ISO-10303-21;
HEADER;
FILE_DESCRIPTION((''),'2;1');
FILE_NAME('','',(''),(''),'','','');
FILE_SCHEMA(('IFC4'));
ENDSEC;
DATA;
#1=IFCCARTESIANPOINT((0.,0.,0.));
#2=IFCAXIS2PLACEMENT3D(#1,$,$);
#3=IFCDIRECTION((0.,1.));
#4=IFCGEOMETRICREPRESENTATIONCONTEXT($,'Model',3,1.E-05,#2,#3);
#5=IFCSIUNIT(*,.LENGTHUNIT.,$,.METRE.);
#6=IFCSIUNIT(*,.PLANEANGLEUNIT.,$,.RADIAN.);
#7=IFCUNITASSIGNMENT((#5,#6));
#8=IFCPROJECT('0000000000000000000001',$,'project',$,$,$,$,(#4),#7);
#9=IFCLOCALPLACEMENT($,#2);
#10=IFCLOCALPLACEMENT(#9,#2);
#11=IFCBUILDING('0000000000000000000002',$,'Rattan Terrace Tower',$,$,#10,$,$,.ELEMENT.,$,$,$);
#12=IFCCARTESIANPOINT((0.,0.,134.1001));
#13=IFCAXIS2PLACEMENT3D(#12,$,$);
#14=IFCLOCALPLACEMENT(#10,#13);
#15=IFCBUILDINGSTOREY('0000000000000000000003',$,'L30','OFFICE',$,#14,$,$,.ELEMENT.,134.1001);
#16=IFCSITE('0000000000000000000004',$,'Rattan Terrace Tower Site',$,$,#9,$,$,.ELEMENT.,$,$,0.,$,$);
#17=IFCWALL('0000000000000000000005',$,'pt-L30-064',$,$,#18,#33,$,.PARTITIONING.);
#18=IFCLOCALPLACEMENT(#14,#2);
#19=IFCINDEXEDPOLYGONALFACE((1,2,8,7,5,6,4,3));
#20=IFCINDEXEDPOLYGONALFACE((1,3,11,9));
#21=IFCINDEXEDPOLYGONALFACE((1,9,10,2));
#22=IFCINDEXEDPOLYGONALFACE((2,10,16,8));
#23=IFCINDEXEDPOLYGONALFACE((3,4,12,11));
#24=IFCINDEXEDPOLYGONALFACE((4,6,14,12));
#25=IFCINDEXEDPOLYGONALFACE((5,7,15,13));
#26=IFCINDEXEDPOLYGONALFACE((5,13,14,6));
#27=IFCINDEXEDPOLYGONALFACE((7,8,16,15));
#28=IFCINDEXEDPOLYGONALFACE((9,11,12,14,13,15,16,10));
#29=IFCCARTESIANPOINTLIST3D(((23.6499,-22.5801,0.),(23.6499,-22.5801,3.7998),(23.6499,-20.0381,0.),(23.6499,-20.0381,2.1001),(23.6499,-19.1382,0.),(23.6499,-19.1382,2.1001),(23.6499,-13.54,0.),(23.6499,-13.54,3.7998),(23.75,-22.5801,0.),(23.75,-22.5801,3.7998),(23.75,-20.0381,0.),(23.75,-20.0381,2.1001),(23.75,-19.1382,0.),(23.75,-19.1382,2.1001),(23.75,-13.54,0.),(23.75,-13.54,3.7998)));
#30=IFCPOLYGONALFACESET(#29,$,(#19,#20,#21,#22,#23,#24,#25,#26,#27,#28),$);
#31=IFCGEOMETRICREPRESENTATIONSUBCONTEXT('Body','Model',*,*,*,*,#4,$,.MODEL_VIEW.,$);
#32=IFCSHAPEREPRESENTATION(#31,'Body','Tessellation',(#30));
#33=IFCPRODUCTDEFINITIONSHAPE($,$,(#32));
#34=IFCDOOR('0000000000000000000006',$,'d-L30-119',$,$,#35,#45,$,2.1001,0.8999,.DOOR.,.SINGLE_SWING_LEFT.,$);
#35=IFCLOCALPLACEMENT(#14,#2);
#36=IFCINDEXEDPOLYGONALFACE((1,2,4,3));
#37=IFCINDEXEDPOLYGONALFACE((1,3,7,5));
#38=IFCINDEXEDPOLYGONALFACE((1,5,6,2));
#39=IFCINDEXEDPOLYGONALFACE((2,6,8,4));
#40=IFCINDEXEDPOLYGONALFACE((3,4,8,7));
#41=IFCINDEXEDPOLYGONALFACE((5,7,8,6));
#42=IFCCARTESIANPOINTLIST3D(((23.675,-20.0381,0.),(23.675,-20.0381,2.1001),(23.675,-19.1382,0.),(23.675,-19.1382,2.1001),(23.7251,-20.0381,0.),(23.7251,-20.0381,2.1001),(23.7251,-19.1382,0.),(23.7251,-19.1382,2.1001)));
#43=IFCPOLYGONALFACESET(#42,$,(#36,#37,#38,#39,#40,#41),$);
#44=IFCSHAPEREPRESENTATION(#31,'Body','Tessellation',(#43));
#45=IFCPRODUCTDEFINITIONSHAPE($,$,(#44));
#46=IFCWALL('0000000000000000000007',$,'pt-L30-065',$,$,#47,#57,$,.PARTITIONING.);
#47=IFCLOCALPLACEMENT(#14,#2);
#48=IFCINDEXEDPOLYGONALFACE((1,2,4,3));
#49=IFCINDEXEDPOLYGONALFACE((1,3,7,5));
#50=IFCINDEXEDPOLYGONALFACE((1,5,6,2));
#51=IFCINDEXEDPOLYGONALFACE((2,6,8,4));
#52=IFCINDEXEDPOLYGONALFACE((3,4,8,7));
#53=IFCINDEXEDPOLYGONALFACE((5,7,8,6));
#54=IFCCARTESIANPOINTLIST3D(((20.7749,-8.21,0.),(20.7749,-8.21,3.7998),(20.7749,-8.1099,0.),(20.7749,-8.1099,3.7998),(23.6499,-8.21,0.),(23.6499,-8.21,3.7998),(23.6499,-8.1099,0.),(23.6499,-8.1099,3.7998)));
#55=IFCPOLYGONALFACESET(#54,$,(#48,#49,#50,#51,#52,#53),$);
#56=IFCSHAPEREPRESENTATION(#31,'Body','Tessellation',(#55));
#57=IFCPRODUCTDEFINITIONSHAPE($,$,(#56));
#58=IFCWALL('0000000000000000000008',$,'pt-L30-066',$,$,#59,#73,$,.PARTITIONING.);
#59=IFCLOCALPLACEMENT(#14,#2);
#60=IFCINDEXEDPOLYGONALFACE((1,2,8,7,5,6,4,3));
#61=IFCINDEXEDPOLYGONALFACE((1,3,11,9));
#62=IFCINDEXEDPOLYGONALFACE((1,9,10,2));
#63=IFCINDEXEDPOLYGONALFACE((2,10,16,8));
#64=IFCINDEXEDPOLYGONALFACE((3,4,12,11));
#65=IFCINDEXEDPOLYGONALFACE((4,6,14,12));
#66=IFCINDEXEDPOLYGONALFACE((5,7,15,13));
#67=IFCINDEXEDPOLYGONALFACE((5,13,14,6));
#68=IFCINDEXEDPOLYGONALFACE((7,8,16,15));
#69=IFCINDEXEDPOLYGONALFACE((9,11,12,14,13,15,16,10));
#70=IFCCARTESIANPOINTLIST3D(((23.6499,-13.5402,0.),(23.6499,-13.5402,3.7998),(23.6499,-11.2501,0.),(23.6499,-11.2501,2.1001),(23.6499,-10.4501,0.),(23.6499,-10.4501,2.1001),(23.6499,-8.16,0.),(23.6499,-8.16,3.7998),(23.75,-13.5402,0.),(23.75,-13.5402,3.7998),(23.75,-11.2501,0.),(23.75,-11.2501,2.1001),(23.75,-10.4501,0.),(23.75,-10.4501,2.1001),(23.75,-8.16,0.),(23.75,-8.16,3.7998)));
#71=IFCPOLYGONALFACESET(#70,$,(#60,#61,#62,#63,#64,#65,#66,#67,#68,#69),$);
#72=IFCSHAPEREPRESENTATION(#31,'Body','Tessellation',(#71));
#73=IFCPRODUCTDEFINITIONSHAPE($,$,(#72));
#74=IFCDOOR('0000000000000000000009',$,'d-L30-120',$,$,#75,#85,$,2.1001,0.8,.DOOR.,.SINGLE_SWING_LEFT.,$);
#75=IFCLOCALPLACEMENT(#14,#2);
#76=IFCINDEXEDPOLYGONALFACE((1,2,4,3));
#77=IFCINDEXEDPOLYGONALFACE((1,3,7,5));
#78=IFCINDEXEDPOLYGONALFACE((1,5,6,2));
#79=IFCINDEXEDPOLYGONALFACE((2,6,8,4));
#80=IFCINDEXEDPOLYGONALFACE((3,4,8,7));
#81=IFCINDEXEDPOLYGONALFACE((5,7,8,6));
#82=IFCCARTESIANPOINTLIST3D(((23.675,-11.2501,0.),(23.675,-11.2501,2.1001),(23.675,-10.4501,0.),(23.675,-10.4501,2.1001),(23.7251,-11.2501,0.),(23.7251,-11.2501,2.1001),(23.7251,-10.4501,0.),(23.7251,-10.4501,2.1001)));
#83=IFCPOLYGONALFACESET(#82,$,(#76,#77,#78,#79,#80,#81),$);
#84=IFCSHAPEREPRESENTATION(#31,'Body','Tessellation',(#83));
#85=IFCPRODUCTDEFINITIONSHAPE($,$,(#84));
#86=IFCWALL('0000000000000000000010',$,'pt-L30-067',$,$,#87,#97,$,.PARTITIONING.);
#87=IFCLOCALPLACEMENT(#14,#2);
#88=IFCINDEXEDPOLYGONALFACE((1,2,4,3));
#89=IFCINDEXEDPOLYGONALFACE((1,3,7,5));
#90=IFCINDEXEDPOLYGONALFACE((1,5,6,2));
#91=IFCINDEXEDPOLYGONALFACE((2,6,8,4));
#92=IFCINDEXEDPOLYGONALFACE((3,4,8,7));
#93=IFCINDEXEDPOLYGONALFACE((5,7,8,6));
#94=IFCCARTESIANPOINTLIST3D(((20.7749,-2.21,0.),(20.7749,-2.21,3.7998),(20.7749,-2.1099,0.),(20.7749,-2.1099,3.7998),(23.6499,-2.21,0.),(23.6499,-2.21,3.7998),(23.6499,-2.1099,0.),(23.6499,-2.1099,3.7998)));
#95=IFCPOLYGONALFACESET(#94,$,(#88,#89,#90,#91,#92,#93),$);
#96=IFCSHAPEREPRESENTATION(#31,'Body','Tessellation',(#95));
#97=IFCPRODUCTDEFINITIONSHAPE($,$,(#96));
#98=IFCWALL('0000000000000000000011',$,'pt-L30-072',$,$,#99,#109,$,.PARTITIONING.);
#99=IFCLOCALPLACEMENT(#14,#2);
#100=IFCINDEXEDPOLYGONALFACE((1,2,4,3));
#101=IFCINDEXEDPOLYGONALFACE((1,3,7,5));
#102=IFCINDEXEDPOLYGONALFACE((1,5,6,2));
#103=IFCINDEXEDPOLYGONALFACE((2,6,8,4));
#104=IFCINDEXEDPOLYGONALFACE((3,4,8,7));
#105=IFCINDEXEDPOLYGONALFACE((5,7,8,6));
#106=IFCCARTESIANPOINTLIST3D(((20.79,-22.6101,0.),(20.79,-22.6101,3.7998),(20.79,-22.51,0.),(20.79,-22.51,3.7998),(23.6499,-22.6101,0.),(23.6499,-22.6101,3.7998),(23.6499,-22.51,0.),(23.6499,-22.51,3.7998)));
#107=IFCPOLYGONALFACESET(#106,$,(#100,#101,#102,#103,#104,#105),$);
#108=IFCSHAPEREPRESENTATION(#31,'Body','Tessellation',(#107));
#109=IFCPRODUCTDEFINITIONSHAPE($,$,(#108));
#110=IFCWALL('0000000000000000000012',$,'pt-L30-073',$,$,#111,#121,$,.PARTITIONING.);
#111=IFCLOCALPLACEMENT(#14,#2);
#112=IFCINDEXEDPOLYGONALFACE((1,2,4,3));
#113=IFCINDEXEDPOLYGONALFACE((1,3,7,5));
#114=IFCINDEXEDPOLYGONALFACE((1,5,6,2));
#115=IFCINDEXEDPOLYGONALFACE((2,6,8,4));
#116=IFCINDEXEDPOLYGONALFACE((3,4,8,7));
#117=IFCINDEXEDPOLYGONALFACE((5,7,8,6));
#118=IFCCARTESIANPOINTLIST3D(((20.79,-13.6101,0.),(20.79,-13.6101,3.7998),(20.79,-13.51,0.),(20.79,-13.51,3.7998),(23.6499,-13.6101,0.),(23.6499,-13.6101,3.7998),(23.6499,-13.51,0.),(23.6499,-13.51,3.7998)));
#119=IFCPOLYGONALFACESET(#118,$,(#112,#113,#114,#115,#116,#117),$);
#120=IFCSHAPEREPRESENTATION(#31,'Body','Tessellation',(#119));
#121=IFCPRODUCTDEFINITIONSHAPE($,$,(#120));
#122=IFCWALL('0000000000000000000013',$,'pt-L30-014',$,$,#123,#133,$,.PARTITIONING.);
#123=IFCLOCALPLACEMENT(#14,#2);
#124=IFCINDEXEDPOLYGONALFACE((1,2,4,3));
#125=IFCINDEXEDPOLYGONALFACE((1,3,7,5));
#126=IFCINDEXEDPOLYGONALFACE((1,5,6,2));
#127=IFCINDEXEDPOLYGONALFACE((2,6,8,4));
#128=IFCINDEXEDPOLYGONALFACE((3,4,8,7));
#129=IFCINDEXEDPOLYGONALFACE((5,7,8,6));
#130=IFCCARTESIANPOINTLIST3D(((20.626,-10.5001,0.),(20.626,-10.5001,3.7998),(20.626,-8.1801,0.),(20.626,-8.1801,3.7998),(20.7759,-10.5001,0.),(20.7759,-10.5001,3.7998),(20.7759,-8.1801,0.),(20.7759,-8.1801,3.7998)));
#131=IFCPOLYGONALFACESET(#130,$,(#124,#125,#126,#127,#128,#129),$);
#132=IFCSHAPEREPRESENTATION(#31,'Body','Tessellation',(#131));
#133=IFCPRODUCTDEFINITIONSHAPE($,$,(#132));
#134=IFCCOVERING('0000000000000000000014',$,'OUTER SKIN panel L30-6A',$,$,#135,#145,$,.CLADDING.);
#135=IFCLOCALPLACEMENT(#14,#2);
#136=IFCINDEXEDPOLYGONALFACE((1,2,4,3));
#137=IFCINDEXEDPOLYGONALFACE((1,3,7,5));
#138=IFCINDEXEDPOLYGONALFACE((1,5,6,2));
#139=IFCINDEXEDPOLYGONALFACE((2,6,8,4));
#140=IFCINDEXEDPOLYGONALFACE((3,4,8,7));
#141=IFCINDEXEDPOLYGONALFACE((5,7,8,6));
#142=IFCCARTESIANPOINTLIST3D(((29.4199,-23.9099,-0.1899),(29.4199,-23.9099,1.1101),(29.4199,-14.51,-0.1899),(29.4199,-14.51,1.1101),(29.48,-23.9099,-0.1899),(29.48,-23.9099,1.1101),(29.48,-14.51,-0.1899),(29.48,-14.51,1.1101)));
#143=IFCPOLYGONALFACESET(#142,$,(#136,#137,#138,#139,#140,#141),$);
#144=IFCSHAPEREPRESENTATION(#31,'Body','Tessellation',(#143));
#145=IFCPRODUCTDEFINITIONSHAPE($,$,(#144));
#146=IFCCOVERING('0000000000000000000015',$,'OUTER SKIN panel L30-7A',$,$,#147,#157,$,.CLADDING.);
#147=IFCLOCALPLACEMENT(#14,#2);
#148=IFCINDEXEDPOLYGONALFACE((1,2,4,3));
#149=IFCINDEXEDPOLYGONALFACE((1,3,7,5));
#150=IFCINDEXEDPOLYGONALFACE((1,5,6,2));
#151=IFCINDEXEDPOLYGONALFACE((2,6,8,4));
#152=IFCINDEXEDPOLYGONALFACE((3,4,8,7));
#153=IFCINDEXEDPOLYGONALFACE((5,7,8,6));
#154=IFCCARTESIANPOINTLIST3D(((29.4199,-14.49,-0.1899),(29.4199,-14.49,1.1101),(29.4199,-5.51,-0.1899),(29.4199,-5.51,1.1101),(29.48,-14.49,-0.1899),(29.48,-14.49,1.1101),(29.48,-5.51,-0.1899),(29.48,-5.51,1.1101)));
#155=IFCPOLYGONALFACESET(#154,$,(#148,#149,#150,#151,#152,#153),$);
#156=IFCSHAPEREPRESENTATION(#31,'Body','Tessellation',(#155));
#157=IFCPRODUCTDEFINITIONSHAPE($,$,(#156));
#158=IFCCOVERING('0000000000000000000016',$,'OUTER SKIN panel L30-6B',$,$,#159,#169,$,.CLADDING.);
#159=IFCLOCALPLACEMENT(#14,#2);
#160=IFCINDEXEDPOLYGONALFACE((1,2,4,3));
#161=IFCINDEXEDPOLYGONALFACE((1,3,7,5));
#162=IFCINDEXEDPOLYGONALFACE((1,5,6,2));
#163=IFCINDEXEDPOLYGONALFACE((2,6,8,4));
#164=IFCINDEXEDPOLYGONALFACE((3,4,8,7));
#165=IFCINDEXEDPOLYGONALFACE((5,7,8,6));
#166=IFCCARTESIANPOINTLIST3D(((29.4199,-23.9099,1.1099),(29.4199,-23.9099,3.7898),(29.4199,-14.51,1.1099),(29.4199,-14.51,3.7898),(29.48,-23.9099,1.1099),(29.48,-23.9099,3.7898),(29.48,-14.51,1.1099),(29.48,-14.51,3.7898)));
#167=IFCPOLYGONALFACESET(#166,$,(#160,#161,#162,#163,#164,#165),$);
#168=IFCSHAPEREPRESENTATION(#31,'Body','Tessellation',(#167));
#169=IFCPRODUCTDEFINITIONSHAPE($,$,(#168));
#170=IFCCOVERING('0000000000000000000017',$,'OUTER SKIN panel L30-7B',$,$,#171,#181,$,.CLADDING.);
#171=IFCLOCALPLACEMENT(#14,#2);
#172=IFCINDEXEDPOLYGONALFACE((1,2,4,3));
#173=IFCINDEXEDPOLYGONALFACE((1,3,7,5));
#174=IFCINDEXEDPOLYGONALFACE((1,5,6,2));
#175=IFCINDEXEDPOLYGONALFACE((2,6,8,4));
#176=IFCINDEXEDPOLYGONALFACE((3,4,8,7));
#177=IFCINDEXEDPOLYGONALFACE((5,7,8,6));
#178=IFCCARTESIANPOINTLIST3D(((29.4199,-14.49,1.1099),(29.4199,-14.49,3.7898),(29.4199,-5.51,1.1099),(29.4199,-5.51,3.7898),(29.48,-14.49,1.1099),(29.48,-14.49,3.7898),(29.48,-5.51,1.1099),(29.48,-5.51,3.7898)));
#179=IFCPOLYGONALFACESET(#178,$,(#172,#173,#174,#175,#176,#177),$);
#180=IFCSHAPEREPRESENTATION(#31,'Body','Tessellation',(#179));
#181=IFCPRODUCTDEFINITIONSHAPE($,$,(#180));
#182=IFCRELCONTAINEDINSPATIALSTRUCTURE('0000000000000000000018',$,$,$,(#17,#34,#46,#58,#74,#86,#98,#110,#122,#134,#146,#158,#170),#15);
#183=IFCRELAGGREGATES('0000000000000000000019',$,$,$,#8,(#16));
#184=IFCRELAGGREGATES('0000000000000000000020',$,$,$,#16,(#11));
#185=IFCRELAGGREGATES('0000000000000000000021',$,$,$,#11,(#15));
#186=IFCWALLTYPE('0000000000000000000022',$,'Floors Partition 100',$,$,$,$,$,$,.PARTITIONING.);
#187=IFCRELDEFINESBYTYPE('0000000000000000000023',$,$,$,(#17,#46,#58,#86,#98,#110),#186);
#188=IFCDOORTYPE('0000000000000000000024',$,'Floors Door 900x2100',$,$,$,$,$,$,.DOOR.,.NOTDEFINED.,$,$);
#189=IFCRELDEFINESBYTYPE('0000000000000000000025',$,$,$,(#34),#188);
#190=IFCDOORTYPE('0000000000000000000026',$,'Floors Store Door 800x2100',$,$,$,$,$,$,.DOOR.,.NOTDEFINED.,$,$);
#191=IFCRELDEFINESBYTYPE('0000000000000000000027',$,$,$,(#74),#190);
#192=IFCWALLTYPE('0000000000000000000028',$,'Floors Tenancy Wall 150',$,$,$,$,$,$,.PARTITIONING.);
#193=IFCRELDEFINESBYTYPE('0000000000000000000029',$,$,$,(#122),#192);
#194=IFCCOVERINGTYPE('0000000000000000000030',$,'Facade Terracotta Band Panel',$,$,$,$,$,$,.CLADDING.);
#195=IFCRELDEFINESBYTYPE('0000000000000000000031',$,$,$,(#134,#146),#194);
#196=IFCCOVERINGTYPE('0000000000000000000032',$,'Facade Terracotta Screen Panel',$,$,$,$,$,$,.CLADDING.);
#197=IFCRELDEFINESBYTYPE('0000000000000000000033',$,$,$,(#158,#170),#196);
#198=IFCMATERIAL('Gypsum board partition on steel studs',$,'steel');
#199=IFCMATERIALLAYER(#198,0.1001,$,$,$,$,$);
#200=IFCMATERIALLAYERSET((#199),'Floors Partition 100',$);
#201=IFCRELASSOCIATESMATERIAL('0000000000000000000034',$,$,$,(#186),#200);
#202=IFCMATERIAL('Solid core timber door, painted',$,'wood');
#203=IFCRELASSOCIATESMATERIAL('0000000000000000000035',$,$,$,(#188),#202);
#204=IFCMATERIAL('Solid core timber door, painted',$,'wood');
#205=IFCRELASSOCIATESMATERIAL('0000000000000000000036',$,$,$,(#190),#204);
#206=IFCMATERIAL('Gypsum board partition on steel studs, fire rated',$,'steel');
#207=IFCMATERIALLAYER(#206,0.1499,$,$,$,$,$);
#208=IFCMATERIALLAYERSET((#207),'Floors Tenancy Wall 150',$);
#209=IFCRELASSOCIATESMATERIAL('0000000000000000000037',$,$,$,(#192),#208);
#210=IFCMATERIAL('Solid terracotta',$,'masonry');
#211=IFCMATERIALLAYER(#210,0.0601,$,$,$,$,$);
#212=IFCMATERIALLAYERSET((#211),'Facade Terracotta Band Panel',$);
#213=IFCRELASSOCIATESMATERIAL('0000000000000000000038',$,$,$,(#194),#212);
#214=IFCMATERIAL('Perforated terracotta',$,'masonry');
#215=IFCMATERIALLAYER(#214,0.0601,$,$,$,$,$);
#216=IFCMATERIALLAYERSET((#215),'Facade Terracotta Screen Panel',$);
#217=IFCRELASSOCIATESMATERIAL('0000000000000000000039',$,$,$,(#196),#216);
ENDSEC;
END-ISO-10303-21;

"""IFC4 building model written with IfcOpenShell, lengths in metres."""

from ifc_helpers import new_model, si_unit, direction, frame, frame_2d, origin, origin_2d, place, context, subcontext, project, spatial, rectangle, extrude, material, layer, layer_set, type_object, element, fill, save


model = new_model("IFC4")

# Units and contexts
model_context = context("Model", 3, precision=1e-05, world=origin(), true_north=direction((0.0, 1.0)))
body_context = subcontext(model_context, "Body", "Model", "MODEL_VIEW")
ifc_project = project(units=[si_unit("LENGTHUNIT", "METRE"), si_unit("PLANEANGLEUNIT", "RADIAN")], contexts=[model_context])

# Site, building, storey
site_placement = place(None, origin())
site = spatial("IfcSite", under=ifc_project, at=site_placement, Name="Rattan Terrace Tower Site", CompositionType="ELEMENT", RefElevation=0.0)
building_placement = place(site_placement, origin())
building = spatial("IfcBuilding", under=site, at=building_placement, Name="Rattan Terrace Tower", CompositionType="ELEMENT")
storey_placement = place(building_placement, frame((0.0, 0.0, 134.1001)))
storey = spatial("IfcBuildingStorey", under=building, at=storey_placement, Name="L30", Description="OFFICE", CompositionType="ELEMENT", Elevation=134.1001)

# Wall, opening, door
ifc_material_1 = material(Name="Gypsum board partition on steel studs", Category="steel")
ifc_layer_1 = layer(ifc_material_1, 0.1001)
ifc_layer_set_1 = layer_set([ifc_layer_1], Name="Floors Partition 100")
wall_type_1 = type_object("IfcWallType", Name="Floors Partition 100", PredefinedType="PARTITIONING", material=ifc_layer_set_1)
wall_1_placement = place(storey_placement, frame((23.7, -22.5801, 0.0), z_axis=(0.0, 0.0, 1.0), x_axis=(0.0, 1.0, 0.0)))
wall_1 = element("IfcWall", 1, at=wall_1_placement, inside=storey, type_object=wall_type_1, Name="pt-L30-064", PredefinedType="PARTITIONING", context=body_context, shape_type="SweptSolid", body=[
    extrude(rectangle(XDim=9.04, YDim=0.1001, at=frame_2d((4.52, 0.0))), origin(), (0.0, 0.0, 1.0), 3.7998),
])
opening_1_placement = place(wall_1_placement, frame((2.542, 0.0, 0.0)))
opening_1 = element("IfcOpeningElement", 2, at=opening_1_placement, cuts=wall_1, PredefinedType="OPENING", context=body_context, shape_type="SweptSolid", body=[
    extrude(rectangle(XDim=0.8999, YDim=2.1001, at=frame_2d((0.45, 1.05))), frame((0.0, 0.0605, 0.0), z_axis=(0.0, -1.0, 0.0), x_axis=(1.0, 0.0, 0.0)), (0.0, 0.0, 1.0), 0.1211),
])
ifc_material_2 = material(Name="Solid core timber door, painted", Category="wood")
door_type_1 = type_object("IfcDoorType", Name="Floors Door 900x2100", OperationType="NOTDEFINED", PredefinedType="DOOR", material=ifc_material_2)
door_1_placement = place(opening_1_placement, origin())
door_1 = element("IfcDoor", 3, at=door_1_placement, inside=storey, type_object=door_type_1, Name="d-L30-119", OperationType="SINGLE_SWING_LEFT", OverallHeight=2.1001, OverallWidth=0.8999, PredefinedType="DOOR", context=body_context, shape_type="SweptSolid", body=[
    extrude(rectangle(XDim=0.8999, YDim=2.1001, at=frame_2d((0.45, 1.05))), frame((0.0, 0.0249, 0.0), z_axis=(0.0, -1.0, 0.0), x_axis=(1.0, 0.0, 0.0)), (0.0, 0.0, 1.0), 0.05),
])
fill(opening_1, door_1)

# Wall
wall_2_placement = place(storey_placement, frame((23.6499, -8.1599, 0.0), z_axis=(0.0, 0.0, 1.0), x_axis=(-1.0, 0.0, 0.0)))
element("IfcWall", 4, at=wall_2_placement, inside=storey, type_object=wall_type_1, Name="pt-L30-065", PredefinedType="PARTITIONING", context=body_context, shape_type="SweptSolid", body=[
    extrude(rectangle(XDim=2.875, YDim=0.1001, at=frame_2d((1.4375, 0.0))), origin(), (0.0, 0.0, 1.0), 3.7998),
])

# Wall, opening, door
wall_3_placement = place(storey_placement, frame((23.7, -13.54, 0.0), z_axis=(0.0, 0.0, 1.0), x_axis=(0.0, 1.0, 0.0)))
wall_3 = element("IfcWall", 5, at=wall_3_placement, inside=storey, type_object=wall_type_1, Name="pt-L30-066", PredefinedType="PARTITIONING", context=body_context, shape_type="SweptSolid", body=[
    extrude(rectangle(XDim=5.3801, YDim=0.1001, at=frame_2d((2.6899, 0.0))), origin(), (0.0, 0.0, 1.0), 3.7998),
])
opening_2_placement = place(wall_3_placement, frame((2.29, 0.0, 0.0)))
opening_2 = element("IfcOpeningElement", 6, at=opening_2_placement, cuts=wall_3, PredefinedType="OPENING", context=body_context, shape_type="SweptSolid", body=[
    extrude(rectangle(XDim=0.8, YDim=2.1001, at=frame_2d((0.3999, 1.05))), frame((0.0, 0.0605, 0.0), z_axis=(0.0, -1.0, 0.0), x_axis=(1.0, 0.0, 0.0)), (0.0, 0.0, 1.0), 0.1211),
])
ifc_material_3 = material(Name="Solid core timber door, painted", Category="wood")
door_type_2 = type_object("IfcDoorType", Name="Floors Store Door 800x2100", OperationType="NOTDEFINED", PredefinedType="DOOR", material=ifc_material_3)
door_2_placement = place(opening_2_placement, origin())
door_2 = element("IfcDoor", 7, at=door_2_placement, inside=storey, type_object=door_type_2, Name="d-L30-120", OperationType="SINGLE_SWING_LEFT", OverallHeight=2.1001, OverallWidth=0.8, PredefinedType="DOOR", context=body_context, shape_type="SweptSolid", body=[
    extrude(rectangle(XDim=0.8, YDim=2.1001, at=frame_2d((0.3999, 1.05))), frame((0.0, 0.0249, 0.0), z_axis=(0.0, -1.0, 0.0), x_axis=(1.0, 0.0, 0.0)), (0.0, 0.0, 1.0), 0.05),
])
fill(opening_2, door_2)

# Walls
wall_4_placement = place(storey_placement, frame((20.7749, -2.1599, 0.0), z_axis=(0.0, 0.0, 1.0), x_axis=(1.0, 0.0, 0.0)))
element("IfcWall", 8, at=wall_4_placement, inside=storey, type_object=wall_type_1, Name="pt-L30-067", PredefinedType="PARTITIONING", context=body_context, shape_type="SweptSolid", body=[
    extrude(rectangle(XDim=2.875, YDim=0.1001, at=frame_2d((1.4375, 0.0))), origin(), (0.0, 0.0, 1.0), 3.7998),
])
for number, where, z_axis, x_axis, name in (
    (9, (20.79, -22.5601, 0.0), (0.0, 0.0, 1.0), (1.0, 0.0, 0.0), "pt-L30-072"),
    (10, (20.79, -13.5601, 0.0), (0.0, 0.0, 1.0), (1.0, 0.0, 0.0), "pt-L30-073"),
):
    element("IfcWall", number, at=place(storey_placement, frame(where, z_axis=z_axis, x_axis=x_axis)), inside=storey, type_object=wall_type_1, Name=name, PredefinedType="PARTITIONING", context=body_context, shape_type="SweptSolid", body=[
        extrude(rectangle(XDim=2.8599, YDim=0.1001, at=frame_2d((1.4299, 0.0))), origin(), (0.0, 0.0, 1.0), 3.7998),
    ])
ifc_material_4 = material(Name="Gypsum board partition on steel studs, fire rated", Category="steel")
ifc_layer_2 = layer(ifc_material_4, 0.1499)
ifc_layer_set_2 = layer_set([ifc_layer_2], Name="Floors Tenancy Wall 150")
wall_type_2 = type_object("IfcWallType", Name="Floors Tenancy Wall 150", PredefinedType="PARTITIONING", material=ifc_layer_set_2)
wall_5_placement = place(storey_placement, frame((20.7009, -8.1799, 0.0), z_axis=(0.0, 0.0, 1.0), x_axis=(0.0, -1.0, 0.0)))
element("IfcWall", 11, at=wall_5_placement, inside=storey, type_object=wall_type_2, Name="pt-L30-014", PredefinedType="PARTITIONING", context=body_context, shape_type="SweptSolid", body=[
    extrude(rectangle(XDim=2.3201, YDim=0.1499, at=frame_2d((1.1602, 0.0))), origin(), (0.0, 0.0, 1.0), 3.7998),
])

# Coverings
ifc_material_5 = material(Name="Solid terracotta", Category="masonry")
ifc_layer_3 = layer(ifc_material_5, 0.0601)
ifc_layer_set_3 = layer_set([ifc_layer_3], Name="Facade Terracotta Band Panel")
covering_type_1 = type_object("IfcCoveringType", Name="Facade Terracotta Band Panel", PredefinedType="CLADDING", material=ifc_layer_set_3)
covering_1_placement = place(storey_placement, frame((29.45, -19.21, -0.1899), z_axis=(0.0, 0.0, 1.0), x_axis=(0.0, 1.0, 0.0)))
element("IfcCovering", 12, at=covering_1_placement, inside=storey, type_object=covering_type_1, Name="OUTER SKIN panel L30-6A", PredefinedType="CLADDING", context=body_context, shape_type="SweptSolid", body=[
    extrude(rectangle(XDim=9.3999, YDim=0.0601, at=origin_2d()), origin(), (0.0, 0.0, 1.0), 1.3),
])
covering_2_placement = place(storey_placement, frame((29.45, -10.0, -0.1899), z_axis=(0.0, 0.0, 1.0), x_axis=(0.0, 1.0, 0.0)))
element("IfcCovering", 13, at=covering_2_placement, inside=storey, type_object=covering_type_1, Name="OUTER SKIN panel L30-7A", PredefinedType="CLADDING", context=body_context, shape_type="SweptSolid", body=[
    extrude(rectangle(XDim=8.98, YDim=0.0601, at=origin_2d()), origin(), (0.0, 0.0, 1.0), 1.3),
])
ifc_material_6 = material(Name="Perforated terracotta", Category="masonry")
ifc_layer_4 = layer(ifc_material_6, 0.0601)
ifc_layer_set_4 = layer_set([ifc_layer_4], Name="Facade Terracotta Screen Panel")
covering_type_2 = type_object("IfcCoveringType", Name="Facade Terracotta Screen Panel", PredefinedType="CLADDING", material=ifc_layer_set_4)
covering_3_placement = place(storey_placement, frame((29.45, -19.21, 1.1099), z_axis=(0.0, 0.0, 1.0), x_axis=(0.0, 1.0, 0.0)))
element("IfcCovering", 14, at=covering_3_placement, inside=storey, type_object=covering_type_2, Name="OUTER SKIN panel L30-6B", PredefinedType="CLADDING", context=body_context, shape_type="SweptSolid", body=[
    extrude(rectangle(XDim=9.3999, YDim=0.0601, at=origin_2d()), origin(), (0.0, 0.0, 1.0), 2.6799),
])
covering_4_placement = place(storey_placement, frame((29.45, -10.0, 1.1099), z_axis=(0.0, 0.0, 1.0), x_axis=(0.0, 1.0, 0.0)))
element("IfcCovering", 15, at=covering_4_placement, inside=storey, type_object=covering_type_2, Name="OUTER SKIN panel L30-7B", PredefinedType="CLADDING", context=body_context, shape_type="SweptSolid", body=[
    extrude(rectangle(XDim=8.98, YDim=0.0601, at=origin_2d()), origin(), (0.0, 0.0, 1.0), 2.6799),
])

save(model, "model.ifc")
